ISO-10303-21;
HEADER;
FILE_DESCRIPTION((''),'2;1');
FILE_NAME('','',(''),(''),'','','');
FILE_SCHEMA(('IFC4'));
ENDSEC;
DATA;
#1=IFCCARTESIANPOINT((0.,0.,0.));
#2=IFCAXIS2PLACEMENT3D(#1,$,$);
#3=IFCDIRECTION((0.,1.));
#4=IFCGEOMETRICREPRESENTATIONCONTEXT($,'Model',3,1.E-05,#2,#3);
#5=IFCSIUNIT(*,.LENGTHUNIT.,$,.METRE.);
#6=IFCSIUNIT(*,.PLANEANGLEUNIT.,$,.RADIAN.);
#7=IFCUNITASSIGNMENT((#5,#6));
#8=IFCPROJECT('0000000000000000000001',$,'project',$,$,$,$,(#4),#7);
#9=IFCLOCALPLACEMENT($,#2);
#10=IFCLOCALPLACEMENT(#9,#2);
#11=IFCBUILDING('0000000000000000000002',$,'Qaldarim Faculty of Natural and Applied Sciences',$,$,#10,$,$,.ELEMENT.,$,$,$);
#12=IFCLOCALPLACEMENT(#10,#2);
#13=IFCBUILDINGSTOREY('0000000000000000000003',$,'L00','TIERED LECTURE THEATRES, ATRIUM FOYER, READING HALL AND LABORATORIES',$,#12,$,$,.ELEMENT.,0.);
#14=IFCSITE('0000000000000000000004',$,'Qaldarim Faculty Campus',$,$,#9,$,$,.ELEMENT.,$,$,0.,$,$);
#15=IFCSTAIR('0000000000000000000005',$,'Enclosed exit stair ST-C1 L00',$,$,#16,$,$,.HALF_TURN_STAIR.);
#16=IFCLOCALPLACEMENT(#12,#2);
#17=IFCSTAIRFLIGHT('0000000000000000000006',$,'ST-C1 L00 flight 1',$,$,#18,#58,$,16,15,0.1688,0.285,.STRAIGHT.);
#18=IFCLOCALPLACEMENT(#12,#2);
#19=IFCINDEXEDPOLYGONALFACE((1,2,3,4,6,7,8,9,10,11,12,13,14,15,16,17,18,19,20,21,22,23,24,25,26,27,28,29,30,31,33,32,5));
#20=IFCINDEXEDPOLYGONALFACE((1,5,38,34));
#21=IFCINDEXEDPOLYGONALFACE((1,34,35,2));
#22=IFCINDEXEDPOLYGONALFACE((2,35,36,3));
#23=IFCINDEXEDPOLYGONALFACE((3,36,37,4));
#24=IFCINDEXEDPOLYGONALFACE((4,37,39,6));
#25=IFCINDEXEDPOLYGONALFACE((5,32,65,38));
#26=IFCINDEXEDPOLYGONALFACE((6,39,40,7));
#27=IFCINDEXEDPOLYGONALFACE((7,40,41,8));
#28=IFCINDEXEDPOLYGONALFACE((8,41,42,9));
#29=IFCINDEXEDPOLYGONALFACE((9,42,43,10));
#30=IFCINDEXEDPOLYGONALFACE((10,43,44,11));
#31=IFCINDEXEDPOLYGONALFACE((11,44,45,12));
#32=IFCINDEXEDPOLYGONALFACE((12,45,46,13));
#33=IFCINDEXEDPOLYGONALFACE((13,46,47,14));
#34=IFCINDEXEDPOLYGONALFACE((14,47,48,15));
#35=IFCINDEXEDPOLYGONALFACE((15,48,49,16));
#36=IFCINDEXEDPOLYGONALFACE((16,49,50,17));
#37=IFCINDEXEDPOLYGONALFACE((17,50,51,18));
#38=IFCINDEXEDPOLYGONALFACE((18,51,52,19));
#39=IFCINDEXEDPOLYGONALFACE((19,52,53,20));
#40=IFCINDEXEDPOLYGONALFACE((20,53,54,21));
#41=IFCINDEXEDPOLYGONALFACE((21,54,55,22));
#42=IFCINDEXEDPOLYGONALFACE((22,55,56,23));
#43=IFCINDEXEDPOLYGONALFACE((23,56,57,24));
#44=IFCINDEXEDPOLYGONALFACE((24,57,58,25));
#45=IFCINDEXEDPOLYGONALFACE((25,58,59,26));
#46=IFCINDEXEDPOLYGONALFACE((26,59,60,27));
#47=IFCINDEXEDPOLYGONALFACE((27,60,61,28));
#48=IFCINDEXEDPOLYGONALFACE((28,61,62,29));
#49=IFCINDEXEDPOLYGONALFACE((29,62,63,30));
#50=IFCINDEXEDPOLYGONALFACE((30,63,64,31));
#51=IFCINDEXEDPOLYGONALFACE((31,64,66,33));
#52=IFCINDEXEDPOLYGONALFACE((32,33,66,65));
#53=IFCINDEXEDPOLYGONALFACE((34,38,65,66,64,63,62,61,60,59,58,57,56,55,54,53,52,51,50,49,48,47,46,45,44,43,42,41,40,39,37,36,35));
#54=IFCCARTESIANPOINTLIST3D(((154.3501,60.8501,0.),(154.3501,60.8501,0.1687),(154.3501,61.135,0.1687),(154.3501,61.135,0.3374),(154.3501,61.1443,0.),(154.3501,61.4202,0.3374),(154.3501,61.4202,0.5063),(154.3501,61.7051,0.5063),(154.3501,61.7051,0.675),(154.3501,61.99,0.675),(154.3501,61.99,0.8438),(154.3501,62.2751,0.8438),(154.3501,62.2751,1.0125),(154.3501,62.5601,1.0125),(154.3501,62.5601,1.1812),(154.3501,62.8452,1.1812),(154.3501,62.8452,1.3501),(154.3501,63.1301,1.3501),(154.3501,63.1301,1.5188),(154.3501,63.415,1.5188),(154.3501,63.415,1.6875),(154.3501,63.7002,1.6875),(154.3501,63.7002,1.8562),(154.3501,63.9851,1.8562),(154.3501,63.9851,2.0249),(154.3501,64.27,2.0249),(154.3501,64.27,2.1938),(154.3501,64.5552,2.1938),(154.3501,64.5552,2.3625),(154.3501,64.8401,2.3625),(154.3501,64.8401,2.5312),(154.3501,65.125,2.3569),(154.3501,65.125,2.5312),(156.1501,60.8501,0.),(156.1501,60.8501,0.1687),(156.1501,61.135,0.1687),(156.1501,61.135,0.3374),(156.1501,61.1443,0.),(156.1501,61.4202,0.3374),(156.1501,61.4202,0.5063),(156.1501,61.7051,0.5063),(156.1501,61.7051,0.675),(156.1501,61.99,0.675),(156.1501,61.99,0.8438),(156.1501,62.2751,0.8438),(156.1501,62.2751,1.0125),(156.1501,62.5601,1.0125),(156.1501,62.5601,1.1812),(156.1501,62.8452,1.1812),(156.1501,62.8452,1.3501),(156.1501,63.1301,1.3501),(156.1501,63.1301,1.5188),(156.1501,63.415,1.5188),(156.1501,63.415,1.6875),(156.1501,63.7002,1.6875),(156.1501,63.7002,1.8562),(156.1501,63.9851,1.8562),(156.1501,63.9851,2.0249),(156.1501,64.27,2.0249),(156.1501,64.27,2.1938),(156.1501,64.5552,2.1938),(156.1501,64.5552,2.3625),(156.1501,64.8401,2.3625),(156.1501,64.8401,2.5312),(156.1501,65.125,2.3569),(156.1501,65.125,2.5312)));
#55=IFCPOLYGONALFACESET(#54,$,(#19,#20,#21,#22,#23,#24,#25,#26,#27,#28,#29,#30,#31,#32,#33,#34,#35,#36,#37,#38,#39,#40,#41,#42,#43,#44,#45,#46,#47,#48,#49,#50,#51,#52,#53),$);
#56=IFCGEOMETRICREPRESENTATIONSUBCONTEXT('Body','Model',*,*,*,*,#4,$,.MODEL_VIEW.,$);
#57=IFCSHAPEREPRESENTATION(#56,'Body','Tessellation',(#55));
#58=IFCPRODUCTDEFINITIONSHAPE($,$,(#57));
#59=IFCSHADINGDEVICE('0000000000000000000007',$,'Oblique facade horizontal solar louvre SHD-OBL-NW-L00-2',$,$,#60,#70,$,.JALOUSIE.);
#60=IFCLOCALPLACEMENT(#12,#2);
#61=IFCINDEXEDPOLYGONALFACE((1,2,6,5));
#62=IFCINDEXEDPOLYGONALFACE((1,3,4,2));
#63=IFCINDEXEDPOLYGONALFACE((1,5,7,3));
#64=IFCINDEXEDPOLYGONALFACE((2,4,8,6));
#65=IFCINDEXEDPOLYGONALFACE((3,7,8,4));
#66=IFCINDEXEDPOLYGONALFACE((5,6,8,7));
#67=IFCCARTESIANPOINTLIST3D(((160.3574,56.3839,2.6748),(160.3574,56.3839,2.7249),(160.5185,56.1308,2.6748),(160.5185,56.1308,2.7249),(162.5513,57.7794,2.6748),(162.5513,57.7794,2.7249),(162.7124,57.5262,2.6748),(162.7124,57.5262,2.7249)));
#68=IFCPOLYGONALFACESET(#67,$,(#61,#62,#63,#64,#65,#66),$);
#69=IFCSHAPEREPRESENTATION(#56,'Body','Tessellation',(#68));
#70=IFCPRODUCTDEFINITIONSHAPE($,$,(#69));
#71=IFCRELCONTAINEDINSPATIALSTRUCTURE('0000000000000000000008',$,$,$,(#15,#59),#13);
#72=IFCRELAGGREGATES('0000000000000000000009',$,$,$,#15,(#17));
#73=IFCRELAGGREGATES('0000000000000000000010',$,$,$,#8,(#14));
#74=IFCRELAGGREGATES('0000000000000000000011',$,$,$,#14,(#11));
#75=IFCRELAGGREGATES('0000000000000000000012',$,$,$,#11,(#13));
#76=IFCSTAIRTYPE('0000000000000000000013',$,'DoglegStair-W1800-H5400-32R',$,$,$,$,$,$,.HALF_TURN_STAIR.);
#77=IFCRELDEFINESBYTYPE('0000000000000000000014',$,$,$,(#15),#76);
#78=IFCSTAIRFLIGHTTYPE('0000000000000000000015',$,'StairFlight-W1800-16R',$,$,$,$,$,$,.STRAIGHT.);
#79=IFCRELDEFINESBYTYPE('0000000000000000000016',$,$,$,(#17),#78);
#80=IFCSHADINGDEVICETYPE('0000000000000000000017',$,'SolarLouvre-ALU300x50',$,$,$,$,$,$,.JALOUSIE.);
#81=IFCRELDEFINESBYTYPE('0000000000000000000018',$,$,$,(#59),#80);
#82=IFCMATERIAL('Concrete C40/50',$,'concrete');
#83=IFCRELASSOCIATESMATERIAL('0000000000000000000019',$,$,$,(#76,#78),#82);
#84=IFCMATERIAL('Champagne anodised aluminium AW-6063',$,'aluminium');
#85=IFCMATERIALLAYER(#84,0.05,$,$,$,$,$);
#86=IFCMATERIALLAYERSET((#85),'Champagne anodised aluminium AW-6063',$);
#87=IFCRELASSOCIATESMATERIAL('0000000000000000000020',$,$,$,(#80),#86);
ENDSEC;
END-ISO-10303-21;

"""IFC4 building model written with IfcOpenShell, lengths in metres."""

from ifc_helpers import new_model, si_unit, direction, frame, origin, origin_2d, place, context, subcontext, project, spatial, polyline, rectangle, outline, extrude, material, layer, layer_set, type_object, element, aggregate, save


model = new_model("IFC4")

# Units and contexts
model_context = context("Model", 3, precision=1e-05, world=origin(), true_north=direction((0.0, 1.0)))
body_context = subcontext(model_context, "Body", "Model", "MODEL_VIEW")
ifc_project = project(units=[si_unit("LENGTHUNIT", "METRE"), si_unit("PLANEANGLEUNIT", "RADIAN")], contexts=[model_context])

# Site, building, storey
site_placement = place(None, origin())
site = spatial("IfcSite", under=ifc_project, at=site_placement, Name="Qaldarim Faculty Campus", CompositionType="ELEMENT", RefElevation=0.0)
building_placement = place(site_placement, origin())
building = spatial("IfcBuilding", under=site, at=building_placement, Name="Qaldarim Faculty of Natural and Applied Sciences", CompositionType="ELEMENT")
storey_placement = place(building_placement, origin())
storey = spatial("IfcBuildingStorey", under=building, at=storey_placement, Name="L00", Description="TIERED LECTURE THEATRES, ATRIUM FOYER, READING HALL AND LABORATORIES", CompositionType="ELEMENT", Elevation=0.0)

# Shared definitions
ifc_material_1 = material(Name="Concrete C40/50", Category="concrete")

# Stair, stair flight
stair_type = type_object("IfcStairType", Name="DoglegStair-W1800-H5400-32R", PredefinedType="HALF_TURN_STAIR", material=ifc_material_1)
stair_placement = place(storey_placement, origin())
stair = element("IfcStair", 1, at=stair_placement, inside=storey, type_object=stair_type, Name="Enclosed exit stair ST-C1 L00", PredefinedType="HALF_TURN_STAIR")
stair_flight_type = type_object("IfcStairFlightType", Name="StairFlight-W1800-16R", PredefinedType="STRAIGHT", material=ifc_material_1)
stair_flight_placement = place(storey_placement, frame((155.25, 60.8501, 0.0), z_axis=(0.0, 0.0, 1.0), x_axis=(0.0, 1.0, 0.0)))
stair_flight = element("IfcStairFlight", 2, at=stair_flight_placement, type_object=stair_flight_type, Name="ST-C1 L00 flight 1", NumberOfRisers=16, NumberOfTreads=15, PredefinedType="STRAIGHT", RiserHeight=0.1688, TreadLength=0.285, context=body_context, shape_type="SweptSolid", body=[
    extrude(outline(polyline([(0.0, 0.0), (0.0, 0.1687), (0.2849, 0.1687), (0.2849, 0.3374), (0.5701, 0.3374), (0.5701, 0.5063), (0.855, 0.5063), (0.855, 0.675), (1.1399, 0.675), (1.1399, 0.8438), (1.425, 0.8438), (1.425, 1.0125), (1.71, 1.0125), (1.71, 1.1812), (1.9951, 1.1812), (1.9951, 1.3501), (2.28, 1.3501), (2.28, 1.5188), (2.5649, 1.5188), (2.5649, 1.6875), (2.8501, 1.6875), (2.8501, 1.8562), (3.135, 1.8562), (3.135, 2.0249), (3.4199, 2.0249), (3.4199, 2.1938), (3.7051, 2.1938), (3.7051, 2.3625), (3.99, 2.3625), (3.99, 2.5312), (4.2749, 2.5312), (4.2749, 2.7), (4.2749, 2.3569), (0.2942, 0.0), (0.0, 0.0)])), frame((0.0, 0.8999, 0.0), z_axis=(0.0, -1.0, 0.0), x_axis=(1.0, 0.0, 0.0)), (0.0, 0.0, 1.0), 1.8),
])
aggregate(stair, [stair_flight])

# Shading device
ifc_material_2 = material(Name="Champagne anodised aluminium AW-6063", Category="aluminium")
ifc_layer_1 = layer(ifc_material_2, 0.05)
ifc_layer_set_1 = layer_set([ifc_layer_1], Name="Champagne anodised aluminium AW-6063")
shading_device_type = type_object("IfcShadingDeviceType", Name="SolarLouvre-ALU300x50", PredefinedType="JALOUSIE", material=ifc_layer_set_1)
shading_device_placement = place(storey_placement, frame((161.5349, 56.9551, 2.6748), z_axis=(0.0, 0.0, 1.0), x_axis=(0.843776, 0.536696, 0.0)))
element("IfcShadingDevice", 3, at=shading_device_placement, inside=storey, type_object=shading_device_type, Name="Oblique facade horizontal solar louvre SHD-OBL-NW-L00-2", PredefinedType="JALOUSIE", context=body_context, shape_type="SweptSolid", body=[
    extrude(rectangle(XDim=2.6001, YDim=0.3, at=origin_2d()), origin(), (0.0, 0.0, 1.0), 0.05),
])

save(model, "model.ifc")
